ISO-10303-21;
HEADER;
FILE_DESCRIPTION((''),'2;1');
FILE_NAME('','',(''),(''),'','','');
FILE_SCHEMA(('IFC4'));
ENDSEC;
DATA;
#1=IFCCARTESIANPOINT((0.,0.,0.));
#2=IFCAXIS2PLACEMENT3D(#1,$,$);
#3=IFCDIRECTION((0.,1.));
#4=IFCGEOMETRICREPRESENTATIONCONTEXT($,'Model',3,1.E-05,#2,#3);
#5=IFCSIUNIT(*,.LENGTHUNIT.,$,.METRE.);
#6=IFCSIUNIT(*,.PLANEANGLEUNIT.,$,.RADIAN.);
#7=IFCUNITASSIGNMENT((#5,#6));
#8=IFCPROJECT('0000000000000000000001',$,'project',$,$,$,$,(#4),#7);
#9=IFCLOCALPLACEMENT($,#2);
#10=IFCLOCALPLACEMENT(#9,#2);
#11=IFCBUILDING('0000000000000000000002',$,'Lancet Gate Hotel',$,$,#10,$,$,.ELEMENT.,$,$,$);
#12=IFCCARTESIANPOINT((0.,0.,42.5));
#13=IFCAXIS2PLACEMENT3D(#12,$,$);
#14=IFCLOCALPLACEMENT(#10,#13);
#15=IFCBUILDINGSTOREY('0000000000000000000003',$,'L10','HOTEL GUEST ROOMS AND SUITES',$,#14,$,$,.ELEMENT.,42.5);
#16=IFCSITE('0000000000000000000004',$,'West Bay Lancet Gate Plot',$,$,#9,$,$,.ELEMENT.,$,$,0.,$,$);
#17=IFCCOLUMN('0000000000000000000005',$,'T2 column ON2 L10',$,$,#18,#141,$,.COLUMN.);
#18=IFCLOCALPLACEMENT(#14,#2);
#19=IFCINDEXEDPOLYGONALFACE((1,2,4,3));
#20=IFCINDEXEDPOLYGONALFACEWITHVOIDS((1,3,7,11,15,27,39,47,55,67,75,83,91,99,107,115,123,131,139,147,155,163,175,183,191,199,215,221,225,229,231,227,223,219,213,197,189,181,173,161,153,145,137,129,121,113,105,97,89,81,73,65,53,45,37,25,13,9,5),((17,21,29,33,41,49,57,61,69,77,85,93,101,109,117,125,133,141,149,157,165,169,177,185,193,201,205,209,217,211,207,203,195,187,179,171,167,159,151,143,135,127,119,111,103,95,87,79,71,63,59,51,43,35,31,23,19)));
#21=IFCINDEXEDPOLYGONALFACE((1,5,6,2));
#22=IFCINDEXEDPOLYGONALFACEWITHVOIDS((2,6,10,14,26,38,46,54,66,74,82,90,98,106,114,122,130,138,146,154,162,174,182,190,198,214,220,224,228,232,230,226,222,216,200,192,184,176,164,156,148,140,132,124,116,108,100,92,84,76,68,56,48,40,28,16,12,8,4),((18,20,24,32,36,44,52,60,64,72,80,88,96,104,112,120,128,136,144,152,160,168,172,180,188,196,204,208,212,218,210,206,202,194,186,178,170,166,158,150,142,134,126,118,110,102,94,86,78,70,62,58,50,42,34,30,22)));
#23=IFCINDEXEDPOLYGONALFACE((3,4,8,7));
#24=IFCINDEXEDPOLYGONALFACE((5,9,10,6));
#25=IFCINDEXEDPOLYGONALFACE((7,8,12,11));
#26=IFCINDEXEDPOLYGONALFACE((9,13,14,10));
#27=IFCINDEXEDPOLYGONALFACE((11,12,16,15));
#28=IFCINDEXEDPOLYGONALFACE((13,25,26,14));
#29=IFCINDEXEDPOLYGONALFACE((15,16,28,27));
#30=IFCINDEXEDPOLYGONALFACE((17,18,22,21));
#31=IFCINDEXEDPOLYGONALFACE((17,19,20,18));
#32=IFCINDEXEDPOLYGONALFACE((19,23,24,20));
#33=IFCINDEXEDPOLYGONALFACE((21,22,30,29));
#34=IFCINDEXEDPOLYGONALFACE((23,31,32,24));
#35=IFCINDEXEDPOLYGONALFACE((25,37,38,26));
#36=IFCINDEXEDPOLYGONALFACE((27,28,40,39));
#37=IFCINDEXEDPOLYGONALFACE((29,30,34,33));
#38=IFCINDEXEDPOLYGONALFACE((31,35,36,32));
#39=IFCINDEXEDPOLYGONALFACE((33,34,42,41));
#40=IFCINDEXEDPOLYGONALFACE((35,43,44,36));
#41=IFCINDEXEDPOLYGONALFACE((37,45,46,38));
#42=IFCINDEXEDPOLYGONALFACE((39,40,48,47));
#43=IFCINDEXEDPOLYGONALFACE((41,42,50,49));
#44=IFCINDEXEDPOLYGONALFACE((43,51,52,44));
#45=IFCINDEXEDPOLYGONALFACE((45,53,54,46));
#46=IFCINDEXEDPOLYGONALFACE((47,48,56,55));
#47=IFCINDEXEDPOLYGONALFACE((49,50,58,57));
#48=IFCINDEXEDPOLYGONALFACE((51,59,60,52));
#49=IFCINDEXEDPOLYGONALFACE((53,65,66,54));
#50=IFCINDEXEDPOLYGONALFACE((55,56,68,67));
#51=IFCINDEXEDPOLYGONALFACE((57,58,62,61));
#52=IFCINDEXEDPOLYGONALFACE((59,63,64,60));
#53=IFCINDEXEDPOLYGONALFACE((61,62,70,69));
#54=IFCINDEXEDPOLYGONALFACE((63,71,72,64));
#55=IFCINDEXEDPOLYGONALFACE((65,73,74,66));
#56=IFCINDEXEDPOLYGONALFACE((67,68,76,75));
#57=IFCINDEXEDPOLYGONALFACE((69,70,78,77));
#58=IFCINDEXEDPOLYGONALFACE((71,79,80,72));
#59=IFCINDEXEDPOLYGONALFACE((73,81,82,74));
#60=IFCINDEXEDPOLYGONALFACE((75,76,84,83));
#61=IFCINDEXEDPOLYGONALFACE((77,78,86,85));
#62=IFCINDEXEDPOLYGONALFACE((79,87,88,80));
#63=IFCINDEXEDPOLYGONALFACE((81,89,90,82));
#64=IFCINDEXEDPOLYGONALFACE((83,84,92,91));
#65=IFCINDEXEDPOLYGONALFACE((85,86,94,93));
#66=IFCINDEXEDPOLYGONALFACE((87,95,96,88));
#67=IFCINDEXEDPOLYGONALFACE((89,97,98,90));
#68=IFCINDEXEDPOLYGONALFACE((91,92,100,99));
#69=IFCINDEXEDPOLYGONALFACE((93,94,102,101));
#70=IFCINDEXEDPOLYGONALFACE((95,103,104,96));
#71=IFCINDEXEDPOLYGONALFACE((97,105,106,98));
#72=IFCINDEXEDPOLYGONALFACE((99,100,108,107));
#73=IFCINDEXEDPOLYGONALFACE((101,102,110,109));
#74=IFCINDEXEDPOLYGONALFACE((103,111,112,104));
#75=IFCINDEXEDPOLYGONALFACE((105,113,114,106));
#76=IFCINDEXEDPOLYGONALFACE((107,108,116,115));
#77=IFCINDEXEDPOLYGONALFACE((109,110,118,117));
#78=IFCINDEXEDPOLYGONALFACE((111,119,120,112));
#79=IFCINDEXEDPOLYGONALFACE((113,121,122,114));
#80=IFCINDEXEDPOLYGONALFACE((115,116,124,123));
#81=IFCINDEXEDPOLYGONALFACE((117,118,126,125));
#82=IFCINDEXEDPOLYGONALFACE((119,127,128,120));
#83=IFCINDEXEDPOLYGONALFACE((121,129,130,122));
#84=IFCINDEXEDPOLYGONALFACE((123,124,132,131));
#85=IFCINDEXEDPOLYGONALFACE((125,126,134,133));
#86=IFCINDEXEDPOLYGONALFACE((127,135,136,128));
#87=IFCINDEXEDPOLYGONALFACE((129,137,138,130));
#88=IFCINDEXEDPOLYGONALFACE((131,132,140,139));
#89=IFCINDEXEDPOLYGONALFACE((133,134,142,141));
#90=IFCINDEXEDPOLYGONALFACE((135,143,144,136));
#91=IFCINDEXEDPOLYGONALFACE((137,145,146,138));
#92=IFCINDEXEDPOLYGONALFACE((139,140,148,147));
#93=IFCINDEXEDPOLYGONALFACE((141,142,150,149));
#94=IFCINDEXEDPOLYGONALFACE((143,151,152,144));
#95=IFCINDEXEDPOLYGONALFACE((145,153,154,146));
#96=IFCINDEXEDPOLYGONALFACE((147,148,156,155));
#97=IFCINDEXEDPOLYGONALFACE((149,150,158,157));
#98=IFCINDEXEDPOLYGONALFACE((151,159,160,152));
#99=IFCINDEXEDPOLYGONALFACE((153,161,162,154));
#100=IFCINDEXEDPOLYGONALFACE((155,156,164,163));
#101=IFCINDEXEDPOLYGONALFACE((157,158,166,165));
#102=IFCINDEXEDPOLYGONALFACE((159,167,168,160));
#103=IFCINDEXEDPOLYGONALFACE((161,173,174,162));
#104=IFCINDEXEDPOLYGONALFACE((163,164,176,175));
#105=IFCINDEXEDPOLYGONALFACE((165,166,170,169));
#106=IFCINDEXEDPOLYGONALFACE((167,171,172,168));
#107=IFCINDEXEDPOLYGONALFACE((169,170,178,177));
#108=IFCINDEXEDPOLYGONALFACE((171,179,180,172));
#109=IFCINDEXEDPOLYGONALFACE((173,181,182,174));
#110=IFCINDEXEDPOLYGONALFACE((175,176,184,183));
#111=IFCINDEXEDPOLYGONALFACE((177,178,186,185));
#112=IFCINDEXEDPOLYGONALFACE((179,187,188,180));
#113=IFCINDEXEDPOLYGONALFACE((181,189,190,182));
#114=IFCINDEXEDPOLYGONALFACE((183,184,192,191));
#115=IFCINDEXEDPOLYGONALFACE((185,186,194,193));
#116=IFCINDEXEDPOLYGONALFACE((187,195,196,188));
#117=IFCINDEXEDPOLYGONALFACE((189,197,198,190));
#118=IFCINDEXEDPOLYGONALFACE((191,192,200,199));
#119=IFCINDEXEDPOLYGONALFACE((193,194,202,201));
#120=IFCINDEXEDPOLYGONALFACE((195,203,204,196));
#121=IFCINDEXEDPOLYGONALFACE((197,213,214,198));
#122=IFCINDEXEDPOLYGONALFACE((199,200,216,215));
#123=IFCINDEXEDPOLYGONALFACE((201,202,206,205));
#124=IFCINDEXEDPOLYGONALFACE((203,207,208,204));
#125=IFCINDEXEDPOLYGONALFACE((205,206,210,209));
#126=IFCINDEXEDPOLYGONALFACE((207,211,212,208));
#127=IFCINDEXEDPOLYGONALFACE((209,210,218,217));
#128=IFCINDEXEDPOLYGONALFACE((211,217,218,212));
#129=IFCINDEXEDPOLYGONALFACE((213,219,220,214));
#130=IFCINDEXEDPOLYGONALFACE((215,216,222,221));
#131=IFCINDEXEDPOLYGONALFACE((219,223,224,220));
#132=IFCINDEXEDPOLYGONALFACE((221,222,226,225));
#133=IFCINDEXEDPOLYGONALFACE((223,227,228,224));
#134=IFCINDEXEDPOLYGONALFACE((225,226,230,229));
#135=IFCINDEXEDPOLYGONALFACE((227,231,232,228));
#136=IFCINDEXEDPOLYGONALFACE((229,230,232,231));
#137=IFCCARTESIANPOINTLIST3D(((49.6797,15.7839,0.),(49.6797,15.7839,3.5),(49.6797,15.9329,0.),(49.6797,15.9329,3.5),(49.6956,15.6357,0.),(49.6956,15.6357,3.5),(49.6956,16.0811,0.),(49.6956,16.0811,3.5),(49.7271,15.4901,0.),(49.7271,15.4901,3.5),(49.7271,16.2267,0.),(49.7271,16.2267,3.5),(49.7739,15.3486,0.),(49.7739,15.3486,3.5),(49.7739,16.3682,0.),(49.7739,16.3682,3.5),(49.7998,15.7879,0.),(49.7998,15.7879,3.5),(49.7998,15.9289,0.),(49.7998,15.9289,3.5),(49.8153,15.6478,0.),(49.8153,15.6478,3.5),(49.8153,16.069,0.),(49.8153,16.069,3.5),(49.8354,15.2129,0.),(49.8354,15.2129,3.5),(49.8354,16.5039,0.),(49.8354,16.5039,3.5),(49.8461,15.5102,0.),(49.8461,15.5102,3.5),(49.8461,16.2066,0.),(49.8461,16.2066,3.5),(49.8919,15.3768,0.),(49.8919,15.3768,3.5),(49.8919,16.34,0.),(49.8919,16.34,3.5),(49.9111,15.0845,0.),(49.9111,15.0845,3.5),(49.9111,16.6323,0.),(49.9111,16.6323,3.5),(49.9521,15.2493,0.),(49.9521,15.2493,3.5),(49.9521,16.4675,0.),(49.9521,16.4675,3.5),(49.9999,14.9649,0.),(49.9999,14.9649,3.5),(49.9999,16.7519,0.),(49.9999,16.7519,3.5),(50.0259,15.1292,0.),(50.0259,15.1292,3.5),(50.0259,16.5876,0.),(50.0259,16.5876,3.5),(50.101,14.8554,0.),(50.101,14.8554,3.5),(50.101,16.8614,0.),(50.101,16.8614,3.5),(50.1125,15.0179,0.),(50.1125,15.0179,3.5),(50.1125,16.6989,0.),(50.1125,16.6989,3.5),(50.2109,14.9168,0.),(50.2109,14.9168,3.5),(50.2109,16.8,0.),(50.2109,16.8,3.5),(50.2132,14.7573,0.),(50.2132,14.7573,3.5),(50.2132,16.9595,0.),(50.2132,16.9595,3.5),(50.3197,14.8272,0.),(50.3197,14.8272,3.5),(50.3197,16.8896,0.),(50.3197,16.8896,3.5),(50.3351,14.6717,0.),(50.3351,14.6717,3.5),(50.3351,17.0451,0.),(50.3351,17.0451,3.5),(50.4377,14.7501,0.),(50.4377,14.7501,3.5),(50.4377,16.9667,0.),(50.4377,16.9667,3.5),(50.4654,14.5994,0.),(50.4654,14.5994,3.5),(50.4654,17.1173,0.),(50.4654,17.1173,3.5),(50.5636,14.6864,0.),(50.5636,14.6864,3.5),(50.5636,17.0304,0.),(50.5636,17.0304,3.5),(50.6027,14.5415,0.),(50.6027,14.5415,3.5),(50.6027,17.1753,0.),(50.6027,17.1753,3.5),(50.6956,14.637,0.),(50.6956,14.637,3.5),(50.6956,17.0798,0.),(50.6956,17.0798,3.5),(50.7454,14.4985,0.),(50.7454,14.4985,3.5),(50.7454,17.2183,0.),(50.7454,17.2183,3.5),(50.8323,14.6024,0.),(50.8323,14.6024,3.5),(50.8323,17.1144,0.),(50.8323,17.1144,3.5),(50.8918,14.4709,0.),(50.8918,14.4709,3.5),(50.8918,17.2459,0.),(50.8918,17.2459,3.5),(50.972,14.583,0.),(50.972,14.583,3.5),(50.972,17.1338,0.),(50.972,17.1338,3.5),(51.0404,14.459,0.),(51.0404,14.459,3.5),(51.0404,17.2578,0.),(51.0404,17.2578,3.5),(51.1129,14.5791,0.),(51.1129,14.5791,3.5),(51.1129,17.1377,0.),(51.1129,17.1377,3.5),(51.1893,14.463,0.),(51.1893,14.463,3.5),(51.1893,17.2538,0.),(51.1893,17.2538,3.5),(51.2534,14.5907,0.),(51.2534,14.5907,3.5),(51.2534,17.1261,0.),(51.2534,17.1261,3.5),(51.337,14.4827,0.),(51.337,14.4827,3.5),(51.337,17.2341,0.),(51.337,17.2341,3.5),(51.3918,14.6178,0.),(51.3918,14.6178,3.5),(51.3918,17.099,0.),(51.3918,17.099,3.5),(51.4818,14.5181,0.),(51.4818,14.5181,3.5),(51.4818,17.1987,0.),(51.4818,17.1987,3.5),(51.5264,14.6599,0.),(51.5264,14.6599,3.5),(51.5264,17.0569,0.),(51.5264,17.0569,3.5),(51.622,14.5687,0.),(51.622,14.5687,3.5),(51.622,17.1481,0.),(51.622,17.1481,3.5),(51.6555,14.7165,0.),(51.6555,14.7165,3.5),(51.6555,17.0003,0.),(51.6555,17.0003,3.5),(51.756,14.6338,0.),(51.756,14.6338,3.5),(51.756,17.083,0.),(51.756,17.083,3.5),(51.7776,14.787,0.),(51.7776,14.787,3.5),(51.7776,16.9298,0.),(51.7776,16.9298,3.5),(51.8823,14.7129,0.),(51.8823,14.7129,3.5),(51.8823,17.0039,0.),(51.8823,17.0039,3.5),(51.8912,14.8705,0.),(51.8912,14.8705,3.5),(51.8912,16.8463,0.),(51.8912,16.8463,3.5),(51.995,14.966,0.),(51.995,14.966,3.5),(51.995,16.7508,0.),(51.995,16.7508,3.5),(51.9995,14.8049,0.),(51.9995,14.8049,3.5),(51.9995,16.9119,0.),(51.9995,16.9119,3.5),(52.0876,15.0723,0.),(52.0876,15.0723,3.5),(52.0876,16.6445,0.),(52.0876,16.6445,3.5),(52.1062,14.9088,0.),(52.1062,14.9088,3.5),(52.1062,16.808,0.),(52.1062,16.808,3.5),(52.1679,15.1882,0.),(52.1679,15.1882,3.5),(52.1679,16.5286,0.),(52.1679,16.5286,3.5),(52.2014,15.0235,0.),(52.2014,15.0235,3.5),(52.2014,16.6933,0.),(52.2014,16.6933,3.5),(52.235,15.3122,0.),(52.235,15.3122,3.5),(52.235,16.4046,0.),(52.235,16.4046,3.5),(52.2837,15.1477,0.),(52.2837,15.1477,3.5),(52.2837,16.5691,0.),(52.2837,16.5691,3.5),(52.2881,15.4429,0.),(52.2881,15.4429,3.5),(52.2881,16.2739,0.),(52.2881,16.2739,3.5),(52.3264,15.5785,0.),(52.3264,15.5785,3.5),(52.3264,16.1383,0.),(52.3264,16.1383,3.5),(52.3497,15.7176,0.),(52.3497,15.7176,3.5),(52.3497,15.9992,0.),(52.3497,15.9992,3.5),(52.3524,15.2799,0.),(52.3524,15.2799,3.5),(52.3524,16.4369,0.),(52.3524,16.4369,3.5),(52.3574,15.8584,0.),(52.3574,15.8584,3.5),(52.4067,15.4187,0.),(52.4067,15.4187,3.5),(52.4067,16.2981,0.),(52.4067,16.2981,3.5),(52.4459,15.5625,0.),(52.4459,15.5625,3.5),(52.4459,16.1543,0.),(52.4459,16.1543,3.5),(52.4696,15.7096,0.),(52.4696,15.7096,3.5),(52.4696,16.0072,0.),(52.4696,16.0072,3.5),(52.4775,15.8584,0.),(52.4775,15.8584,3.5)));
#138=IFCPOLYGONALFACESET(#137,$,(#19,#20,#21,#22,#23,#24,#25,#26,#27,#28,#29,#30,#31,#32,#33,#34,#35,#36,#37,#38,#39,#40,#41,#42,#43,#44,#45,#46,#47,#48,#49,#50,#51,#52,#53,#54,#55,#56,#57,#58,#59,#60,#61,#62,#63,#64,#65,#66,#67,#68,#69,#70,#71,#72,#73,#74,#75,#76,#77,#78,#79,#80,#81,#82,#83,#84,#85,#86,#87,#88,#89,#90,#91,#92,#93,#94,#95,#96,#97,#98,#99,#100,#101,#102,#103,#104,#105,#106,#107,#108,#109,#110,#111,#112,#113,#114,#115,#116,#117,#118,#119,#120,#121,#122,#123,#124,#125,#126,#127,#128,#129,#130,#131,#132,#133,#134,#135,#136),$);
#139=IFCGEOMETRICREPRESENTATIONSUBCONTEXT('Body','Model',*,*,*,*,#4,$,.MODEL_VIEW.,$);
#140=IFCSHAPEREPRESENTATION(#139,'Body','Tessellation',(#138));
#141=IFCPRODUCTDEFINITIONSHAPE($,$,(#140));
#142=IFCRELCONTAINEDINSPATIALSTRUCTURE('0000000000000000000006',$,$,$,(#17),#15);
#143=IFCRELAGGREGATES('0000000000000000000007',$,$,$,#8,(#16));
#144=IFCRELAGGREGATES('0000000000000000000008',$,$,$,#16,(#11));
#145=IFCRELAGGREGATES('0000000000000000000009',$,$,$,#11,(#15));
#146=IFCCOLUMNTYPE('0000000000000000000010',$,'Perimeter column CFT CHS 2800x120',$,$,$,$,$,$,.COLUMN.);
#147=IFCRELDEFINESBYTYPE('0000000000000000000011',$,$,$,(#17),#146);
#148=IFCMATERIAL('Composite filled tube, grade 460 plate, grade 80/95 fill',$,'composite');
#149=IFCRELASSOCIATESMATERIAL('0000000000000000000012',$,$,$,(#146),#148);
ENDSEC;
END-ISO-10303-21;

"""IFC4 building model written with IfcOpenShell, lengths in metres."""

from ifc_helpers import new_model, si_unit, direction, frame, origin, origin_2d, place, context, subcontext, project, spatial, hollow_circle, extrude, material, material_profile, profile_set, type_object, element, save


model = new_model("IFC4")

# Units and contexts
model_context = context("Model", 3, precision=1e-05, world=origin(), true_north=direction((0.0, 1.0)))
body_context = subcontext(model_context, "Body", "Model", "MODEL_VIEW")
ifc_project = project(units=[si_unit("LENGTHUNIT", "METRE"), si_unit("PLANEANGLEUNIT", "RADIAN")], contexts=[model_context])

# Site, building, storey
site_placement = place(None, origin())
site = spatial("IfcSite", under=ifc_project, at=site_placement, Name="West Bay Lancet Gate Plot", CompositionType="ELEMENT", RefElevation=0.0)
building_placement = place(site_placement, origin())
building = spatial("IfcBuilding", under=site, at=building_placement, Name="Lancet Gate Hotel", CompositionType="ELEMENT")
storey_placement = place(building_placement, frame((0.0, 0.0, 42.5)))
storey = spatial("IfcBuildingStorey", under=building, at=storey_placement, Name="L10", Description="HOTEL GUEST ROOMS AND SUITES", CompositionType="ELEMENT", Elevation=42.5)

# Column
ifc_material_1 = material(Name="Composite filled tube, grade 460 plate, grade 80/95 fill", Category="composite")
ifc_material_profile_1 = material_profile(ifc_material_1, hollow_circle(Radius=1.3999, WallThickness=0.1201, at=origin_2d()), Name="CHS 2800x120")
ifc_profile_set_1 = profile_set([ifc_material_profile_1], Name="Composite filled tube, grade 460 plate, grade 80/95 fill")
column_type = type_object("IfcColumnType", Name="Perimeter column CFT CHS 2800x120", PredefinedType="COLUMN", material=ifc_profile_set_1)
for number, where, z_axis, x_axis, name in (
    (1, (51.0776, 15.8584, 0.0), (0.0, 0.0, 1.0), (1.0, 0.0, 0.0), "T2 column ON2 L10"),
):
    element("IfcColumn", number, at=place(storey_placement, frame(where, z_axis=z_axis, x_axis=x_axis)), inside=storey, type_object=column_type, Name=name, PredefinedType="COLUMN", context=body_context, shape_type="SweptSolid", body=[
        extrude(hollow_circle(Radius=1.3999, WallThickness=0.1201, at=origin_2d()), origin(), (0.0, 0.0, 1.0), 3.5),
    ])

save(model, "model.ifc")
